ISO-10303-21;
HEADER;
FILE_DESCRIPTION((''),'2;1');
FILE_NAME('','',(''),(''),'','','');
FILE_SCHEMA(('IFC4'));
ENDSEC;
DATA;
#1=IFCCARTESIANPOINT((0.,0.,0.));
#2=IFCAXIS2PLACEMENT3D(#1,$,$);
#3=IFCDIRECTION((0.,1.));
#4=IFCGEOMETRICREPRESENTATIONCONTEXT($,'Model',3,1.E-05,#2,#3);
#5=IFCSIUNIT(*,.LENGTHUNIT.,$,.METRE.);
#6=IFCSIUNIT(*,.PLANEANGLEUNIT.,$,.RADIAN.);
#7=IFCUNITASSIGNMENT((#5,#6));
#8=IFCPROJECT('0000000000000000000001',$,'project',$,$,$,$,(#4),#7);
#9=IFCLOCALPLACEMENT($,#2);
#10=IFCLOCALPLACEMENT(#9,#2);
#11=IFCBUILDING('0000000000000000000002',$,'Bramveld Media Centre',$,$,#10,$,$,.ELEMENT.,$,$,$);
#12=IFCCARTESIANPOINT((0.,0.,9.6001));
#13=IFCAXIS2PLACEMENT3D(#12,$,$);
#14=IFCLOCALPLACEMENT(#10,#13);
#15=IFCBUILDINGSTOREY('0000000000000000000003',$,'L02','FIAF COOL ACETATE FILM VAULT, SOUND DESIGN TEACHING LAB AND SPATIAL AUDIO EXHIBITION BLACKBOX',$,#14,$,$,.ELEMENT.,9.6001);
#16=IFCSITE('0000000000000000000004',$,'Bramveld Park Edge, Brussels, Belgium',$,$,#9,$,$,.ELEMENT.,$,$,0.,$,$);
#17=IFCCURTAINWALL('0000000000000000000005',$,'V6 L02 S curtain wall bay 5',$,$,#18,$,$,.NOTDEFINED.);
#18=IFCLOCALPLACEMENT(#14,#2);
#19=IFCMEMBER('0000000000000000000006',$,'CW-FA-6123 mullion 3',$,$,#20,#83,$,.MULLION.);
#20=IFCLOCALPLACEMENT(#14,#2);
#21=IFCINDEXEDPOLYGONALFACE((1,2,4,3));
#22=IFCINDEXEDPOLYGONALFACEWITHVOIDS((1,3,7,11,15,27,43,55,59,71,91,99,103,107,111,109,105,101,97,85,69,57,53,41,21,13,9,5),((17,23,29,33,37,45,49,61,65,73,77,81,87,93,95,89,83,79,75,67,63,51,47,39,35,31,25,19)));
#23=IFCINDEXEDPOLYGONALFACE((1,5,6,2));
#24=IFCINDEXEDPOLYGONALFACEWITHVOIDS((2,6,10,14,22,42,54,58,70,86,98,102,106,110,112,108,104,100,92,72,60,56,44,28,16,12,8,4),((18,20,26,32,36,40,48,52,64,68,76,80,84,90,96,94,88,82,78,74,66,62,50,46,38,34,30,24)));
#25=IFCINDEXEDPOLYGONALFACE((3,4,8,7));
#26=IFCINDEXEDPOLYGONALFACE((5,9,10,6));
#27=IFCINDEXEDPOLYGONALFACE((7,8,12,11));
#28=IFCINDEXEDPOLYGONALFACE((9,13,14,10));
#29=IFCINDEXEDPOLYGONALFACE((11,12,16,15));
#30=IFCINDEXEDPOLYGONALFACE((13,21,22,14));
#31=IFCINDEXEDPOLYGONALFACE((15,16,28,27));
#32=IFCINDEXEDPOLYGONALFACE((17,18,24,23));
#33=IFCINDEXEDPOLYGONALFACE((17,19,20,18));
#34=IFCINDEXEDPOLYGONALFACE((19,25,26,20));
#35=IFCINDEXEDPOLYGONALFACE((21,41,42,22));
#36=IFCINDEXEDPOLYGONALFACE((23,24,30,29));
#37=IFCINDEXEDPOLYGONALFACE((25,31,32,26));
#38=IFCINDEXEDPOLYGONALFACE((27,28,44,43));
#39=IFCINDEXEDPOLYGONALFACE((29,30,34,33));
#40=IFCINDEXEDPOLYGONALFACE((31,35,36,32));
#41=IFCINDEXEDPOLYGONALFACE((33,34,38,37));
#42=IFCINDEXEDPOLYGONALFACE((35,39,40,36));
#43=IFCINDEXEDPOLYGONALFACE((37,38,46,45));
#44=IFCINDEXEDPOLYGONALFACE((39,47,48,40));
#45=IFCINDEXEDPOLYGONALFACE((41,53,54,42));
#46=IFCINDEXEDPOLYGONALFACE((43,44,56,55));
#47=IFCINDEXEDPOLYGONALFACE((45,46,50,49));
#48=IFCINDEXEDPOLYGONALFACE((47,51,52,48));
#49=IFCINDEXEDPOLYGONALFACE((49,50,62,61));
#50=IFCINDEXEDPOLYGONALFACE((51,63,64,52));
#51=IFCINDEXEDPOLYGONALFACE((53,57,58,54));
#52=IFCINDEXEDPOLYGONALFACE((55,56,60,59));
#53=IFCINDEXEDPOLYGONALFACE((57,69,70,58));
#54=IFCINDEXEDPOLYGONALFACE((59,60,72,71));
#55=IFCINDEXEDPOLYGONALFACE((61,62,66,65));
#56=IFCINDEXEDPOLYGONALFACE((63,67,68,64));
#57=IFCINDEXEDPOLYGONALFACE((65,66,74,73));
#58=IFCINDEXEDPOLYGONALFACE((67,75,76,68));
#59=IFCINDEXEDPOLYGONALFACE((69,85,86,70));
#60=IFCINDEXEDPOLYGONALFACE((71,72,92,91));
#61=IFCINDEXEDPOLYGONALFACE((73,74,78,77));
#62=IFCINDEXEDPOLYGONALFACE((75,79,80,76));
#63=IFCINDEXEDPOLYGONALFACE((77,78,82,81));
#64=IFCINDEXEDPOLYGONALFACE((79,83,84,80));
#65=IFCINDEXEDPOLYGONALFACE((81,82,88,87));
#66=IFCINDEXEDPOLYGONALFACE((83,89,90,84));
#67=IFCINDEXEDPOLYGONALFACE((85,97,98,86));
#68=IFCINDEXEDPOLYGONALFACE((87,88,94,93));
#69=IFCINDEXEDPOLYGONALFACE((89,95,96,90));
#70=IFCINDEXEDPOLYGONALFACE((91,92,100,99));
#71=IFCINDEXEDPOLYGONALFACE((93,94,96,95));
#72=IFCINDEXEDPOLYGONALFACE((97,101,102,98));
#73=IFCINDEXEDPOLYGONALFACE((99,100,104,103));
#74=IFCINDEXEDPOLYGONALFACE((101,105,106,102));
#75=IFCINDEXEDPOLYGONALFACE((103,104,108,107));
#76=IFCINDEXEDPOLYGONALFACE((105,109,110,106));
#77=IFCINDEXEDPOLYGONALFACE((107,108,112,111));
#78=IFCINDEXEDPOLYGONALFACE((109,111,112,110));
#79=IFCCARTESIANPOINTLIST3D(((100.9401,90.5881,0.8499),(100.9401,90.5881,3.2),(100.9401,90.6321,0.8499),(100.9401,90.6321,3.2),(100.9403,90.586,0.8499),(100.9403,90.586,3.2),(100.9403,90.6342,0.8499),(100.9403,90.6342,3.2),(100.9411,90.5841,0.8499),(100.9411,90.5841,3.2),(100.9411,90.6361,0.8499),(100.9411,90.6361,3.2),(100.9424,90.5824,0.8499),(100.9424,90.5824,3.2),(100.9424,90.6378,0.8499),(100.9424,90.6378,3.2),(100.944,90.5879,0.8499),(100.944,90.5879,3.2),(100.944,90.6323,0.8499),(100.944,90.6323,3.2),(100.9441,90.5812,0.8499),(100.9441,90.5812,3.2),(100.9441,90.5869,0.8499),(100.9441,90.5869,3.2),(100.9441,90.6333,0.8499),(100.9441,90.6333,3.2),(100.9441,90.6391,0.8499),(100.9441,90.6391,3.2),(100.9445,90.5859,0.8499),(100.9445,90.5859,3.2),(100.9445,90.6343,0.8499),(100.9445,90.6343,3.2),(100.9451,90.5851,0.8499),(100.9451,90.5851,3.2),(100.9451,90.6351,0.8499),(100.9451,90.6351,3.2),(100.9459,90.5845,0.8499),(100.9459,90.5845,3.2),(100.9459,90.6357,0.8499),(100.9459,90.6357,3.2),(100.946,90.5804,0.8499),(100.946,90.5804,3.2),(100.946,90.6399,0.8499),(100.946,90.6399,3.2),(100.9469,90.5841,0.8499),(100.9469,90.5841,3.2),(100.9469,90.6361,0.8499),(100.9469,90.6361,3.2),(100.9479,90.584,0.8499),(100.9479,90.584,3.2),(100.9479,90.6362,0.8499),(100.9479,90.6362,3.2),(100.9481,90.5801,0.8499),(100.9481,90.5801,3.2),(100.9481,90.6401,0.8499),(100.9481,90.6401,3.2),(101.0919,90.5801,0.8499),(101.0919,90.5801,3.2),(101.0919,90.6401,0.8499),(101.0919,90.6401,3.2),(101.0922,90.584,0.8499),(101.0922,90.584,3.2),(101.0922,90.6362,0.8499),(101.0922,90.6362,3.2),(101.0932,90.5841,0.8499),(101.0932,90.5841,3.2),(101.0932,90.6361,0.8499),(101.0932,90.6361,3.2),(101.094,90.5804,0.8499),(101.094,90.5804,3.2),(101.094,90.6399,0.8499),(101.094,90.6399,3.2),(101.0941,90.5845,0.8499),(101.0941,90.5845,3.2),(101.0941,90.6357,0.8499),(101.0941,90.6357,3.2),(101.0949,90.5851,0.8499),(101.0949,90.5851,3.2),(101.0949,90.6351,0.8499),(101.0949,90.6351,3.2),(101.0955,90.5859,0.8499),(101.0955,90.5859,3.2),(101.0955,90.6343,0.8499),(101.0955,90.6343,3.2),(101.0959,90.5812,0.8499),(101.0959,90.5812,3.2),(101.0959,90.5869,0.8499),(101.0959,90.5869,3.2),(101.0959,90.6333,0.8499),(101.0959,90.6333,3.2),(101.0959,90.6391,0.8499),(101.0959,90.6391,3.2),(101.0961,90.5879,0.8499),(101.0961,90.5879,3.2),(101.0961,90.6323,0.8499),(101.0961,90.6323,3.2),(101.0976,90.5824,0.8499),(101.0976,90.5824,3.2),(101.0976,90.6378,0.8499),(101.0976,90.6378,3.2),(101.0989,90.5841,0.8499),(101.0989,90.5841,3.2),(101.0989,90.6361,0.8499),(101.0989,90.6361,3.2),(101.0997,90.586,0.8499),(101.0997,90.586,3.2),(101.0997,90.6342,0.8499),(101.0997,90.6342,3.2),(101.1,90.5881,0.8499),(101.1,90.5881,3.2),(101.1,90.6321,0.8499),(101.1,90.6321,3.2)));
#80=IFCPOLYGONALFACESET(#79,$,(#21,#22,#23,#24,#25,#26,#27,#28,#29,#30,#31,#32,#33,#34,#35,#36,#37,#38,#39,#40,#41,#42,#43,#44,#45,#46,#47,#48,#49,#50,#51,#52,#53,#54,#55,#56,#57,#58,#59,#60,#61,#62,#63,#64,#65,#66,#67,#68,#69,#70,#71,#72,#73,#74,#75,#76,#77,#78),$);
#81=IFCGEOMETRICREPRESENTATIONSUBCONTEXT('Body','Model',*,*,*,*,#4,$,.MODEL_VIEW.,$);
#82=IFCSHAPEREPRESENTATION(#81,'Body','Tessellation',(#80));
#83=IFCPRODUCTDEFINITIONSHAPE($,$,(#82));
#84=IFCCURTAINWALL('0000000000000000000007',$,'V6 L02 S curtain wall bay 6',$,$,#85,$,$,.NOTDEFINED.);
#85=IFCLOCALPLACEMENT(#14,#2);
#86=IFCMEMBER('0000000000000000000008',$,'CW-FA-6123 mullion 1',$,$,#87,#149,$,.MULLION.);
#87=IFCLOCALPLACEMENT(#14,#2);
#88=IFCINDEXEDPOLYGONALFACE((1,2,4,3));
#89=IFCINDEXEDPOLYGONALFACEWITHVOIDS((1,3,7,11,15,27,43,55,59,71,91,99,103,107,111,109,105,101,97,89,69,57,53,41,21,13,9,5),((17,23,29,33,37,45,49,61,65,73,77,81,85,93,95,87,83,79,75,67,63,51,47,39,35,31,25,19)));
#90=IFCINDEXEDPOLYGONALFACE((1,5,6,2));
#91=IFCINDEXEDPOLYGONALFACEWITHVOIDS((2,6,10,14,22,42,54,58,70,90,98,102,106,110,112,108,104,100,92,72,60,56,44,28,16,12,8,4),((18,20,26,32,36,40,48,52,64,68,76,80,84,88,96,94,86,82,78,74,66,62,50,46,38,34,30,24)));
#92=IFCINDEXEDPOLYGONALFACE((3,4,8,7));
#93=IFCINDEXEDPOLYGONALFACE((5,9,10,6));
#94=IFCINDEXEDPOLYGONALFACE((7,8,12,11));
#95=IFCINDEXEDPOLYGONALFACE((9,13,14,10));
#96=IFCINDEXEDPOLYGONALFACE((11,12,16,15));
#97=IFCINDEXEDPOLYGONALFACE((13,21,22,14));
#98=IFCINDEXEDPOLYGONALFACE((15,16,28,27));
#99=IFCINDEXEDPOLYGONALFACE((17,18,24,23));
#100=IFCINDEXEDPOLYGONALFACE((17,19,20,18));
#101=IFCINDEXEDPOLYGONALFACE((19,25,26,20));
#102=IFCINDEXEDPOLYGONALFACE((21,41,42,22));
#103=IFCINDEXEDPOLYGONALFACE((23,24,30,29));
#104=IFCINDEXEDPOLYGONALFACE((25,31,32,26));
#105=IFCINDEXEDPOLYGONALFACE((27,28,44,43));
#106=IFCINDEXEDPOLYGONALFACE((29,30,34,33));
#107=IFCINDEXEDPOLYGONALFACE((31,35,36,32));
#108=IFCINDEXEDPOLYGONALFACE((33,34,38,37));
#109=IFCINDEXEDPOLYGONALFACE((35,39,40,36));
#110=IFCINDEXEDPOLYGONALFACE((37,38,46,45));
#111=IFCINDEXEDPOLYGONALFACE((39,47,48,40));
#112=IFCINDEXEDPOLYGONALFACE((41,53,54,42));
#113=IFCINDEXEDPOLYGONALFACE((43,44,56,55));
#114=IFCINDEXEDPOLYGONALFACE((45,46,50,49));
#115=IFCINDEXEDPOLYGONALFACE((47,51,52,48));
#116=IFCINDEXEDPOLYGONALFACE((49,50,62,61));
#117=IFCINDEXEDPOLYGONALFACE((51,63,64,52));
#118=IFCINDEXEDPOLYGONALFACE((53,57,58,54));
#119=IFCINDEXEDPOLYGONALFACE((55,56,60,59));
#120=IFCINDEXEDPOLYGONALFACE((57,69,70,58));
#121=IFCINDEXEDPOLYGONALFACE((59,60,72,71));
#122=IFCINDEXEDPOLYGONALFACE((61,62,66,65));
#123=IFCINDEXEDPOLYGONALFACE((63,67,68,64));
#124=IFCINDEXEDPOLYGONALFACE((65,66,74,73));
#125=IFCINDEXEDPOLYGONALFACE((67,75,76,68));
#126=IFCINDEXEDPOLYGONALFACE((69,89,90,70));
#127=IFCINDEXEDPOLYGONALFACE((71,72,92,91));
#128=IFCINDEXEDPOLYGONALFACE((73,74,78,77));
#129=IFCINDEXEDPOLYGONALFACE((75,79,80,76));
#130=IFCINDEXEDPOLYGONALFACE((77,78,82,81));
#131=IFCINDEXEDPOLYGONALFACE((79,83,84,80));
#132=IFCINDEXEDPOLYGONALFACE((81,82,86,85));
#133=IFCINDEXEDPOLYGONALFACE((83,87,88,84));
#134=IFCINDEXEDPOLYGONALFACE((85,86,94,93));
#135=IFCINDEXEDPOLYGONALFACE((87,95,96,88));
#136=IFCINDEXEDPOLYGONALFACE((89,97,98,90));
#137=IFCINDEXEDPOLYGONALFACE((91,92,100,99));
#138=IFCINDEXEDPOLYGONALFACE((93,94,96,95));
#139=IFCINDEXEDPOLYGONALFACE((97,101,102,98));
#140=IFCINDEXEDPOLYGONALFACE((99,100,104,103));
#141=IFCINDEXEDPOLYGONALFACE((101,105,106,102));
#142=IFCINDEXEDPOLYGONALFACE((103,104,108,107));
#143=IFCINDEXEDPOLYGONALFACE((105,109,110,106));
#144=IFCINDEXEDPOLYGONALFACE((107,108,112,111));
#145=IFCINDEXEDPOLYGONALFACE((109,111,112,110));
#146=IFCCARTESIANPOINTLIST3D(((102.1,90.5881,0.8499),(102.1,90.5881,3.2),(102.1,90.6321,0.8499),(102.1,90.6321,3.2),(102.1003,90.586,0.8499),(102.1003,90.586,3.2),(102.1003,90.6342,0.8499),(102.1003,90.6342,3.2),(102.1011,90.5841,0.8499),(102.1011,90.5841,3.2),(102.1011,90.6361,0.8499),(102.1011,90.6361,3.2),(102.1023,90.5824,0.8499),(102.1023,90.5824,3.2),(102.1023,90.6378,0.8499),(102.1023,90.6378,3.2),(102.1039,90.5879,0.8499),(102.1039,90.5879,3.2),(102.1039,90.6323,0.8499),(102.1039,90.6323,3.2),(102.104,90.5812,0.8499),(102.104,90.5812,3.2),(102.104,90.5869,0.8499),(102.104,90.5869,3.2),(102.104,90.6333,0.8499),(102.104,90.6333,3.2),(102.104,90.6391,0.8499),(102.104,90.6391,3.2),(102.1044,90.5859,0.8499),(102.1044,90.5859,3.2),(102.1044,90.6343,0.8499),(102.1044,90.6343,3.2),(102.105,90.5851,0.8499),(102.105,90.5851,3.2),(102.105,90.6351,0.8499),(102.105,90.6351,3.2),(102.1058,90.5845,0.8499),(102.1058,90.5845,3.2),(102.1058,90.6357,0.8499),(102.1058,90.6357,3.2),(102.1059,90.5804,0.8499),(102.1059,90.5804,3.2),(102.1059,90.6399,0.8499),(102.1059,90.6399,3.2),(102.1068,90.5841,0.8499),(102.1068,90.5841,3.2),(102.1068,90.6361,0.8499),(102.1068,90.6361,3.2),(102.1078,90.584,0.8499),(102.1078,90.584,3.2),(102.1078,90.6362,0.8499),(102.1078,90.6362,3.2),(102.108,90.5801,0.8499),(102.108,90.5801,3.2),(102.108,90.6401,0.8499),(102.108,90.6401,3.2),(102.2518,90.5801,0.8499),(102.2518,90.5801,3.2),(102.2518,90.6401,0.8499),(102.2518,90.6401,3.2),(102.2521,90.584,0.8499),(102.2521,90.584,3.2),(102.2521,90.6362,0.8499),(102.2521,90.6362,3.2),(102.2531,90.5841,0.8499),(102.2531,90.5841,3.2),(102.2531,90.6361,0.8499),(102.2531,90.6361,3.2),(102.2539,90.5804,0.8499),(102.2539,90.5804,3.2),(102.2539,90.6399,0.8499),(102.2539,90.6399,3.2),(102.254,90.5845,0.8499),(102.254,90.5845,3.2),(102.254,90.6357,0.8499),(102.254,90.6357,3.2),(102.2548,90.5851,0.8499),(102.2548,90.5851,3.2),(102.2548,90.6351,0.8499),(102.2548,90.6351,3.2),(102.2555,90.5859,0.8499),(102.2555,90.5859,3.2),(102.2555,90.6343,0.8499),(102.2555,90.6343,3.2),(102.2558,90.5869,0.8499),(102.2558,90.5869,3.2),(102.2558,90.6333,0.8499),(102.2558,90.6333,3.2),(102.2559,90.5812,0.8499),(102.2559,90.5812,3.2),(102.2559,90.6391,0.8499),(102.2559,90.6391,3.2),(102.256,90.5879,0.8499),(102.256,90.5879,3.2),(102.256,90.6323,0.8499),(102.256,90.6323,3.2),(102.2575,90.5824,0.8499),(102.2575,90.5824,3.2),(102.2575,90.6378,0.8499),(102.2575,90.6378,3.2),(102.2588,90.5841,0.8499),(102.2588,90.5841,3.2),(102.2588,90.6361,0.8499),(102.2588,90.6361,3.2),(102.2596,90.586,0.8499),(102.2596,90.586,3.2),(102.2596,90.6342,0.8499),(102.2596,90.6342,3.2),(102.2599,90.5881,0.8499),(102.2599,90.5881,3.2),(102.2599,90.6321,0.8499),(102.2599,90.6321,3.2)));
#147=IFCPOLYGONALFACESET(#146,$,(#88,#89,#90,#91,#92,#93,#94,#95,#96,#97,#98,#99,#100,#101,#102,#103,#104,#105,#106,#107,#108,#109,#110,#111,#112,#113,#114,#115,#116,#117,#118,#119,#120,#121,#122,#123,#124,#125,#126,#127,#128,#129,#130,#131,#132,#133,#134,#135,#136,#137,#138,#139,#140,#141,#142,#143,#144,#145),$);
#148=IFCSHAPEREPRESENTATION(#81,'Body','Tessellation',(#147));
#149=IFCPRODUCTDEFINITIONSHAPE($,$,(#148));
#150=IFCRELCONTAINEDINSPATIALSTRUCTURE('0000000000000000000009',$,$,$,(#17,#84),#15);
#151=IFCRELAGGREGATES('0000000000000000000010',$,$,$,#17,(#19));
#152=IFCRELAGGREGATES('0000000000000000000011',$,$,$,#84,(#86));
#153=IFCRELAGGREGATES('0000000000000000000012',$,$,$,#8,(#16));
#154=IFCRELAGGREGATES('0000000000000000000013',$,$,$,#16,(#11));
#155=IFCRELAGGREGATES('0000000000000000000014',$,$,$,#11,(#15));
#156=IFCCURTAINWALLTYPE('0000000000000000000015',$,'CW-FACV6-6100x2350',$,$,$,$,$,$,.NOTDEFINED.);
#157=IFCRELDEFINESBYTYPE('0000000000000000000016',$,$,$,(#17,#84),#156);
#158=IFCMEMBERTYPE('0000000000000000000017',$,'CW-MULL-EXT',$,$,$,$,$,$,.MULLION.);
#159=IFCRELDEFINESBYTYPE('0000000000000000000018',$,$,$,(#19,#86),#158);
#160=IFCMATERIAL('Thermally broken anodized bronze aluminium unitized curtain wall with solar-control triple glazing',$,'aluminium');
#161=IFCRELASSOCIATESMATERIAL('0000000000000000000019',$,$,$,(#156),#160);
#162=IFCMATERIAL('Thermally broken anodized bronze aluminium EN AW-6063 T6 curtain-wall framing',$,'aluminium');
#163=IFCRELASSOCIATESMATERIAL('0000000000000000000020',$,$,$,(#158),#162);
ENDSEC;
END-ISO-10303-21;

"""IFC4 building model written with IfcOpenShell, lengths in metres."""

from ifc_helpers import new_model, si_unit, direction, frame, origin, origin_2d, place, context, subcontext, project, spatial, hollow_rectangle, extrude, material, material_profile, profile_set, type_object, element, aggregate, save


model = new_model("IFC4")

# Units and contexts
model_context = context("Model", 3, precision=1e-05, world=origin(), true_north=direction((0.0, 1.0)))
body_context = subcontext(model_context, "Body", "Model", "MODEL_VIEW")
ifc_project = project(units=[si_unit("LENGTHUNIT", "METRE"), si_unit("PLANEANGLEUNIT", "RADIAN")], contexts=[model_context])

# Site, building, storey
site_placement = place(None, origin())
site = spatial("IfcSite", under=ifc_project, at=site_placement, Name="Bramveld Park Edge, Brussels, Belgium", CompositionType="ELEMENT", RefElevation=0.0)
building_placement = place(site_placement, origin())
building = spatial("IfcBuilding", under=site, at=building_placement, Name="Bramveld Media Centre", CompositionType="ELEMENT")
storey_placement = place(building_placement, frame((0.0, 0.0, 9.6001)))
storey = spatial("IfcBuildingStorey", under=building, at=storey_placement, Name="L02", Description="FIAF COOL ACETATE FILM VAULT, SOUND DESIGN TEACHING LAB AND SPATIAL AUDIO EXHIBITION BLACKBOX", CompositionType="ELEMENT", Elevation=9.6001)

# Curtain walls, members
ifc_material_1 = material(Name="Thermally broken anodized bronze aluminium unitized curtain wall with solar-control triple glazing", Category="aluminium")
curtain_wall_type = type_object("IfcCurtainWallType", Name="CW-FACV6-6100x2350", PredefinedType="NOTDEFINED", material=ifc_material_1)
curtain_wall_1_placement = place(storey_placement, origin())
curtain_wall_1 = element("IfcCurtainWall", 1, at=curtain_wall_1_placement, inside=storey, type_object=curtain_wall_type, Name="V6 L02 S curtain wall bay 5", PredefinedType="NOTDEFINED")
ifc_material_2 = material(Name="Thermally broken anodized bronze aluminium EN AW-6063 T6 curtain-wall framing", Category="aluminium")
ifc_material_profile_1 = material_profile(ifc_material_2, hollow_rectangle(XDim=0.0601, YDim=0.1599, WallThickness=0.0039, InnerFilletRadius=0.0039, OuterFilletRadius=0.0081, at=origin_2d()), Name="AL-MULL 60x160")
ifc_profile_set_1 = profile_set([ifc_material_profile_1], Name="Thermally broken anodized bronze aluminium EN AW-6063 T6 curtain-wall framing")
member_type_1 = type_object("IfcMemberType", Name="CW-MULL-EXT", PredefinedType="MULLION", material=ifc_profile_set_1)
member_1_placement = place(storey_placement, frame((101.02, 90.6101, 0.8499), z_axis=(0.0, 0.0, 1.0), x_axis=(0.0, 1.0, 0.0)))
member_1 = element("IfcMember", 2, at=member_1_placement, type_object=member_type_1, Name="CW-FA-6123 mullion 3", PredefinedType="MULLION", context=body_context, shape_type="SweptSolid", body=[
    extrude(hollow_rectangle(XDim=0.0601, YDim=0.1599, WallThickness=0.0039, InnerFilletRadius=0.0039, OuterFilletRadius=0.0081, at=origin_2d()), origin(), (0.0, 0.0, 1.0), 2.3501),
])
curtain_wall_2_placement = place(storey_placement, origin())
curtain_wall_2 = element("IfcCurtainWall", 3, at=curtain_wall_2_placement, inside=storey, type_object=curtain_wall_type, Name="V6 L02 S curtain wall bay 6", PredefinedType="NOTDEFINED")
member_2_placement = place(storey_placement, frame((102.1799, 90.6101, 0.8499), z_axis=(0.0, 0.0, 1.0), x_axis=(0.0, 1.0, 0.0)))
member_2 = element("IfcMember", 4, at=member_2_placement, type_object=member_type_1, Name="CW-FA-6123 mullion 1", PredefinedType="MULLION", context=body_context, shape_type="SweptSolid", body=[
    extrude(hollow_rectangle(XDim=0.0601, YDim=0.1599, WallThickness=0.0039, InnerFilletRadius=0.0039, OuterFilletRadius=0.0081, at=origin_2d()), origin(), (0.0, 0.0, 1.0), 2.3501),
])

aggregate(curtain_wall_1, [member_1])
aggregate(curtain_wall_2, [member_2])

save(model, "model.ifc")
